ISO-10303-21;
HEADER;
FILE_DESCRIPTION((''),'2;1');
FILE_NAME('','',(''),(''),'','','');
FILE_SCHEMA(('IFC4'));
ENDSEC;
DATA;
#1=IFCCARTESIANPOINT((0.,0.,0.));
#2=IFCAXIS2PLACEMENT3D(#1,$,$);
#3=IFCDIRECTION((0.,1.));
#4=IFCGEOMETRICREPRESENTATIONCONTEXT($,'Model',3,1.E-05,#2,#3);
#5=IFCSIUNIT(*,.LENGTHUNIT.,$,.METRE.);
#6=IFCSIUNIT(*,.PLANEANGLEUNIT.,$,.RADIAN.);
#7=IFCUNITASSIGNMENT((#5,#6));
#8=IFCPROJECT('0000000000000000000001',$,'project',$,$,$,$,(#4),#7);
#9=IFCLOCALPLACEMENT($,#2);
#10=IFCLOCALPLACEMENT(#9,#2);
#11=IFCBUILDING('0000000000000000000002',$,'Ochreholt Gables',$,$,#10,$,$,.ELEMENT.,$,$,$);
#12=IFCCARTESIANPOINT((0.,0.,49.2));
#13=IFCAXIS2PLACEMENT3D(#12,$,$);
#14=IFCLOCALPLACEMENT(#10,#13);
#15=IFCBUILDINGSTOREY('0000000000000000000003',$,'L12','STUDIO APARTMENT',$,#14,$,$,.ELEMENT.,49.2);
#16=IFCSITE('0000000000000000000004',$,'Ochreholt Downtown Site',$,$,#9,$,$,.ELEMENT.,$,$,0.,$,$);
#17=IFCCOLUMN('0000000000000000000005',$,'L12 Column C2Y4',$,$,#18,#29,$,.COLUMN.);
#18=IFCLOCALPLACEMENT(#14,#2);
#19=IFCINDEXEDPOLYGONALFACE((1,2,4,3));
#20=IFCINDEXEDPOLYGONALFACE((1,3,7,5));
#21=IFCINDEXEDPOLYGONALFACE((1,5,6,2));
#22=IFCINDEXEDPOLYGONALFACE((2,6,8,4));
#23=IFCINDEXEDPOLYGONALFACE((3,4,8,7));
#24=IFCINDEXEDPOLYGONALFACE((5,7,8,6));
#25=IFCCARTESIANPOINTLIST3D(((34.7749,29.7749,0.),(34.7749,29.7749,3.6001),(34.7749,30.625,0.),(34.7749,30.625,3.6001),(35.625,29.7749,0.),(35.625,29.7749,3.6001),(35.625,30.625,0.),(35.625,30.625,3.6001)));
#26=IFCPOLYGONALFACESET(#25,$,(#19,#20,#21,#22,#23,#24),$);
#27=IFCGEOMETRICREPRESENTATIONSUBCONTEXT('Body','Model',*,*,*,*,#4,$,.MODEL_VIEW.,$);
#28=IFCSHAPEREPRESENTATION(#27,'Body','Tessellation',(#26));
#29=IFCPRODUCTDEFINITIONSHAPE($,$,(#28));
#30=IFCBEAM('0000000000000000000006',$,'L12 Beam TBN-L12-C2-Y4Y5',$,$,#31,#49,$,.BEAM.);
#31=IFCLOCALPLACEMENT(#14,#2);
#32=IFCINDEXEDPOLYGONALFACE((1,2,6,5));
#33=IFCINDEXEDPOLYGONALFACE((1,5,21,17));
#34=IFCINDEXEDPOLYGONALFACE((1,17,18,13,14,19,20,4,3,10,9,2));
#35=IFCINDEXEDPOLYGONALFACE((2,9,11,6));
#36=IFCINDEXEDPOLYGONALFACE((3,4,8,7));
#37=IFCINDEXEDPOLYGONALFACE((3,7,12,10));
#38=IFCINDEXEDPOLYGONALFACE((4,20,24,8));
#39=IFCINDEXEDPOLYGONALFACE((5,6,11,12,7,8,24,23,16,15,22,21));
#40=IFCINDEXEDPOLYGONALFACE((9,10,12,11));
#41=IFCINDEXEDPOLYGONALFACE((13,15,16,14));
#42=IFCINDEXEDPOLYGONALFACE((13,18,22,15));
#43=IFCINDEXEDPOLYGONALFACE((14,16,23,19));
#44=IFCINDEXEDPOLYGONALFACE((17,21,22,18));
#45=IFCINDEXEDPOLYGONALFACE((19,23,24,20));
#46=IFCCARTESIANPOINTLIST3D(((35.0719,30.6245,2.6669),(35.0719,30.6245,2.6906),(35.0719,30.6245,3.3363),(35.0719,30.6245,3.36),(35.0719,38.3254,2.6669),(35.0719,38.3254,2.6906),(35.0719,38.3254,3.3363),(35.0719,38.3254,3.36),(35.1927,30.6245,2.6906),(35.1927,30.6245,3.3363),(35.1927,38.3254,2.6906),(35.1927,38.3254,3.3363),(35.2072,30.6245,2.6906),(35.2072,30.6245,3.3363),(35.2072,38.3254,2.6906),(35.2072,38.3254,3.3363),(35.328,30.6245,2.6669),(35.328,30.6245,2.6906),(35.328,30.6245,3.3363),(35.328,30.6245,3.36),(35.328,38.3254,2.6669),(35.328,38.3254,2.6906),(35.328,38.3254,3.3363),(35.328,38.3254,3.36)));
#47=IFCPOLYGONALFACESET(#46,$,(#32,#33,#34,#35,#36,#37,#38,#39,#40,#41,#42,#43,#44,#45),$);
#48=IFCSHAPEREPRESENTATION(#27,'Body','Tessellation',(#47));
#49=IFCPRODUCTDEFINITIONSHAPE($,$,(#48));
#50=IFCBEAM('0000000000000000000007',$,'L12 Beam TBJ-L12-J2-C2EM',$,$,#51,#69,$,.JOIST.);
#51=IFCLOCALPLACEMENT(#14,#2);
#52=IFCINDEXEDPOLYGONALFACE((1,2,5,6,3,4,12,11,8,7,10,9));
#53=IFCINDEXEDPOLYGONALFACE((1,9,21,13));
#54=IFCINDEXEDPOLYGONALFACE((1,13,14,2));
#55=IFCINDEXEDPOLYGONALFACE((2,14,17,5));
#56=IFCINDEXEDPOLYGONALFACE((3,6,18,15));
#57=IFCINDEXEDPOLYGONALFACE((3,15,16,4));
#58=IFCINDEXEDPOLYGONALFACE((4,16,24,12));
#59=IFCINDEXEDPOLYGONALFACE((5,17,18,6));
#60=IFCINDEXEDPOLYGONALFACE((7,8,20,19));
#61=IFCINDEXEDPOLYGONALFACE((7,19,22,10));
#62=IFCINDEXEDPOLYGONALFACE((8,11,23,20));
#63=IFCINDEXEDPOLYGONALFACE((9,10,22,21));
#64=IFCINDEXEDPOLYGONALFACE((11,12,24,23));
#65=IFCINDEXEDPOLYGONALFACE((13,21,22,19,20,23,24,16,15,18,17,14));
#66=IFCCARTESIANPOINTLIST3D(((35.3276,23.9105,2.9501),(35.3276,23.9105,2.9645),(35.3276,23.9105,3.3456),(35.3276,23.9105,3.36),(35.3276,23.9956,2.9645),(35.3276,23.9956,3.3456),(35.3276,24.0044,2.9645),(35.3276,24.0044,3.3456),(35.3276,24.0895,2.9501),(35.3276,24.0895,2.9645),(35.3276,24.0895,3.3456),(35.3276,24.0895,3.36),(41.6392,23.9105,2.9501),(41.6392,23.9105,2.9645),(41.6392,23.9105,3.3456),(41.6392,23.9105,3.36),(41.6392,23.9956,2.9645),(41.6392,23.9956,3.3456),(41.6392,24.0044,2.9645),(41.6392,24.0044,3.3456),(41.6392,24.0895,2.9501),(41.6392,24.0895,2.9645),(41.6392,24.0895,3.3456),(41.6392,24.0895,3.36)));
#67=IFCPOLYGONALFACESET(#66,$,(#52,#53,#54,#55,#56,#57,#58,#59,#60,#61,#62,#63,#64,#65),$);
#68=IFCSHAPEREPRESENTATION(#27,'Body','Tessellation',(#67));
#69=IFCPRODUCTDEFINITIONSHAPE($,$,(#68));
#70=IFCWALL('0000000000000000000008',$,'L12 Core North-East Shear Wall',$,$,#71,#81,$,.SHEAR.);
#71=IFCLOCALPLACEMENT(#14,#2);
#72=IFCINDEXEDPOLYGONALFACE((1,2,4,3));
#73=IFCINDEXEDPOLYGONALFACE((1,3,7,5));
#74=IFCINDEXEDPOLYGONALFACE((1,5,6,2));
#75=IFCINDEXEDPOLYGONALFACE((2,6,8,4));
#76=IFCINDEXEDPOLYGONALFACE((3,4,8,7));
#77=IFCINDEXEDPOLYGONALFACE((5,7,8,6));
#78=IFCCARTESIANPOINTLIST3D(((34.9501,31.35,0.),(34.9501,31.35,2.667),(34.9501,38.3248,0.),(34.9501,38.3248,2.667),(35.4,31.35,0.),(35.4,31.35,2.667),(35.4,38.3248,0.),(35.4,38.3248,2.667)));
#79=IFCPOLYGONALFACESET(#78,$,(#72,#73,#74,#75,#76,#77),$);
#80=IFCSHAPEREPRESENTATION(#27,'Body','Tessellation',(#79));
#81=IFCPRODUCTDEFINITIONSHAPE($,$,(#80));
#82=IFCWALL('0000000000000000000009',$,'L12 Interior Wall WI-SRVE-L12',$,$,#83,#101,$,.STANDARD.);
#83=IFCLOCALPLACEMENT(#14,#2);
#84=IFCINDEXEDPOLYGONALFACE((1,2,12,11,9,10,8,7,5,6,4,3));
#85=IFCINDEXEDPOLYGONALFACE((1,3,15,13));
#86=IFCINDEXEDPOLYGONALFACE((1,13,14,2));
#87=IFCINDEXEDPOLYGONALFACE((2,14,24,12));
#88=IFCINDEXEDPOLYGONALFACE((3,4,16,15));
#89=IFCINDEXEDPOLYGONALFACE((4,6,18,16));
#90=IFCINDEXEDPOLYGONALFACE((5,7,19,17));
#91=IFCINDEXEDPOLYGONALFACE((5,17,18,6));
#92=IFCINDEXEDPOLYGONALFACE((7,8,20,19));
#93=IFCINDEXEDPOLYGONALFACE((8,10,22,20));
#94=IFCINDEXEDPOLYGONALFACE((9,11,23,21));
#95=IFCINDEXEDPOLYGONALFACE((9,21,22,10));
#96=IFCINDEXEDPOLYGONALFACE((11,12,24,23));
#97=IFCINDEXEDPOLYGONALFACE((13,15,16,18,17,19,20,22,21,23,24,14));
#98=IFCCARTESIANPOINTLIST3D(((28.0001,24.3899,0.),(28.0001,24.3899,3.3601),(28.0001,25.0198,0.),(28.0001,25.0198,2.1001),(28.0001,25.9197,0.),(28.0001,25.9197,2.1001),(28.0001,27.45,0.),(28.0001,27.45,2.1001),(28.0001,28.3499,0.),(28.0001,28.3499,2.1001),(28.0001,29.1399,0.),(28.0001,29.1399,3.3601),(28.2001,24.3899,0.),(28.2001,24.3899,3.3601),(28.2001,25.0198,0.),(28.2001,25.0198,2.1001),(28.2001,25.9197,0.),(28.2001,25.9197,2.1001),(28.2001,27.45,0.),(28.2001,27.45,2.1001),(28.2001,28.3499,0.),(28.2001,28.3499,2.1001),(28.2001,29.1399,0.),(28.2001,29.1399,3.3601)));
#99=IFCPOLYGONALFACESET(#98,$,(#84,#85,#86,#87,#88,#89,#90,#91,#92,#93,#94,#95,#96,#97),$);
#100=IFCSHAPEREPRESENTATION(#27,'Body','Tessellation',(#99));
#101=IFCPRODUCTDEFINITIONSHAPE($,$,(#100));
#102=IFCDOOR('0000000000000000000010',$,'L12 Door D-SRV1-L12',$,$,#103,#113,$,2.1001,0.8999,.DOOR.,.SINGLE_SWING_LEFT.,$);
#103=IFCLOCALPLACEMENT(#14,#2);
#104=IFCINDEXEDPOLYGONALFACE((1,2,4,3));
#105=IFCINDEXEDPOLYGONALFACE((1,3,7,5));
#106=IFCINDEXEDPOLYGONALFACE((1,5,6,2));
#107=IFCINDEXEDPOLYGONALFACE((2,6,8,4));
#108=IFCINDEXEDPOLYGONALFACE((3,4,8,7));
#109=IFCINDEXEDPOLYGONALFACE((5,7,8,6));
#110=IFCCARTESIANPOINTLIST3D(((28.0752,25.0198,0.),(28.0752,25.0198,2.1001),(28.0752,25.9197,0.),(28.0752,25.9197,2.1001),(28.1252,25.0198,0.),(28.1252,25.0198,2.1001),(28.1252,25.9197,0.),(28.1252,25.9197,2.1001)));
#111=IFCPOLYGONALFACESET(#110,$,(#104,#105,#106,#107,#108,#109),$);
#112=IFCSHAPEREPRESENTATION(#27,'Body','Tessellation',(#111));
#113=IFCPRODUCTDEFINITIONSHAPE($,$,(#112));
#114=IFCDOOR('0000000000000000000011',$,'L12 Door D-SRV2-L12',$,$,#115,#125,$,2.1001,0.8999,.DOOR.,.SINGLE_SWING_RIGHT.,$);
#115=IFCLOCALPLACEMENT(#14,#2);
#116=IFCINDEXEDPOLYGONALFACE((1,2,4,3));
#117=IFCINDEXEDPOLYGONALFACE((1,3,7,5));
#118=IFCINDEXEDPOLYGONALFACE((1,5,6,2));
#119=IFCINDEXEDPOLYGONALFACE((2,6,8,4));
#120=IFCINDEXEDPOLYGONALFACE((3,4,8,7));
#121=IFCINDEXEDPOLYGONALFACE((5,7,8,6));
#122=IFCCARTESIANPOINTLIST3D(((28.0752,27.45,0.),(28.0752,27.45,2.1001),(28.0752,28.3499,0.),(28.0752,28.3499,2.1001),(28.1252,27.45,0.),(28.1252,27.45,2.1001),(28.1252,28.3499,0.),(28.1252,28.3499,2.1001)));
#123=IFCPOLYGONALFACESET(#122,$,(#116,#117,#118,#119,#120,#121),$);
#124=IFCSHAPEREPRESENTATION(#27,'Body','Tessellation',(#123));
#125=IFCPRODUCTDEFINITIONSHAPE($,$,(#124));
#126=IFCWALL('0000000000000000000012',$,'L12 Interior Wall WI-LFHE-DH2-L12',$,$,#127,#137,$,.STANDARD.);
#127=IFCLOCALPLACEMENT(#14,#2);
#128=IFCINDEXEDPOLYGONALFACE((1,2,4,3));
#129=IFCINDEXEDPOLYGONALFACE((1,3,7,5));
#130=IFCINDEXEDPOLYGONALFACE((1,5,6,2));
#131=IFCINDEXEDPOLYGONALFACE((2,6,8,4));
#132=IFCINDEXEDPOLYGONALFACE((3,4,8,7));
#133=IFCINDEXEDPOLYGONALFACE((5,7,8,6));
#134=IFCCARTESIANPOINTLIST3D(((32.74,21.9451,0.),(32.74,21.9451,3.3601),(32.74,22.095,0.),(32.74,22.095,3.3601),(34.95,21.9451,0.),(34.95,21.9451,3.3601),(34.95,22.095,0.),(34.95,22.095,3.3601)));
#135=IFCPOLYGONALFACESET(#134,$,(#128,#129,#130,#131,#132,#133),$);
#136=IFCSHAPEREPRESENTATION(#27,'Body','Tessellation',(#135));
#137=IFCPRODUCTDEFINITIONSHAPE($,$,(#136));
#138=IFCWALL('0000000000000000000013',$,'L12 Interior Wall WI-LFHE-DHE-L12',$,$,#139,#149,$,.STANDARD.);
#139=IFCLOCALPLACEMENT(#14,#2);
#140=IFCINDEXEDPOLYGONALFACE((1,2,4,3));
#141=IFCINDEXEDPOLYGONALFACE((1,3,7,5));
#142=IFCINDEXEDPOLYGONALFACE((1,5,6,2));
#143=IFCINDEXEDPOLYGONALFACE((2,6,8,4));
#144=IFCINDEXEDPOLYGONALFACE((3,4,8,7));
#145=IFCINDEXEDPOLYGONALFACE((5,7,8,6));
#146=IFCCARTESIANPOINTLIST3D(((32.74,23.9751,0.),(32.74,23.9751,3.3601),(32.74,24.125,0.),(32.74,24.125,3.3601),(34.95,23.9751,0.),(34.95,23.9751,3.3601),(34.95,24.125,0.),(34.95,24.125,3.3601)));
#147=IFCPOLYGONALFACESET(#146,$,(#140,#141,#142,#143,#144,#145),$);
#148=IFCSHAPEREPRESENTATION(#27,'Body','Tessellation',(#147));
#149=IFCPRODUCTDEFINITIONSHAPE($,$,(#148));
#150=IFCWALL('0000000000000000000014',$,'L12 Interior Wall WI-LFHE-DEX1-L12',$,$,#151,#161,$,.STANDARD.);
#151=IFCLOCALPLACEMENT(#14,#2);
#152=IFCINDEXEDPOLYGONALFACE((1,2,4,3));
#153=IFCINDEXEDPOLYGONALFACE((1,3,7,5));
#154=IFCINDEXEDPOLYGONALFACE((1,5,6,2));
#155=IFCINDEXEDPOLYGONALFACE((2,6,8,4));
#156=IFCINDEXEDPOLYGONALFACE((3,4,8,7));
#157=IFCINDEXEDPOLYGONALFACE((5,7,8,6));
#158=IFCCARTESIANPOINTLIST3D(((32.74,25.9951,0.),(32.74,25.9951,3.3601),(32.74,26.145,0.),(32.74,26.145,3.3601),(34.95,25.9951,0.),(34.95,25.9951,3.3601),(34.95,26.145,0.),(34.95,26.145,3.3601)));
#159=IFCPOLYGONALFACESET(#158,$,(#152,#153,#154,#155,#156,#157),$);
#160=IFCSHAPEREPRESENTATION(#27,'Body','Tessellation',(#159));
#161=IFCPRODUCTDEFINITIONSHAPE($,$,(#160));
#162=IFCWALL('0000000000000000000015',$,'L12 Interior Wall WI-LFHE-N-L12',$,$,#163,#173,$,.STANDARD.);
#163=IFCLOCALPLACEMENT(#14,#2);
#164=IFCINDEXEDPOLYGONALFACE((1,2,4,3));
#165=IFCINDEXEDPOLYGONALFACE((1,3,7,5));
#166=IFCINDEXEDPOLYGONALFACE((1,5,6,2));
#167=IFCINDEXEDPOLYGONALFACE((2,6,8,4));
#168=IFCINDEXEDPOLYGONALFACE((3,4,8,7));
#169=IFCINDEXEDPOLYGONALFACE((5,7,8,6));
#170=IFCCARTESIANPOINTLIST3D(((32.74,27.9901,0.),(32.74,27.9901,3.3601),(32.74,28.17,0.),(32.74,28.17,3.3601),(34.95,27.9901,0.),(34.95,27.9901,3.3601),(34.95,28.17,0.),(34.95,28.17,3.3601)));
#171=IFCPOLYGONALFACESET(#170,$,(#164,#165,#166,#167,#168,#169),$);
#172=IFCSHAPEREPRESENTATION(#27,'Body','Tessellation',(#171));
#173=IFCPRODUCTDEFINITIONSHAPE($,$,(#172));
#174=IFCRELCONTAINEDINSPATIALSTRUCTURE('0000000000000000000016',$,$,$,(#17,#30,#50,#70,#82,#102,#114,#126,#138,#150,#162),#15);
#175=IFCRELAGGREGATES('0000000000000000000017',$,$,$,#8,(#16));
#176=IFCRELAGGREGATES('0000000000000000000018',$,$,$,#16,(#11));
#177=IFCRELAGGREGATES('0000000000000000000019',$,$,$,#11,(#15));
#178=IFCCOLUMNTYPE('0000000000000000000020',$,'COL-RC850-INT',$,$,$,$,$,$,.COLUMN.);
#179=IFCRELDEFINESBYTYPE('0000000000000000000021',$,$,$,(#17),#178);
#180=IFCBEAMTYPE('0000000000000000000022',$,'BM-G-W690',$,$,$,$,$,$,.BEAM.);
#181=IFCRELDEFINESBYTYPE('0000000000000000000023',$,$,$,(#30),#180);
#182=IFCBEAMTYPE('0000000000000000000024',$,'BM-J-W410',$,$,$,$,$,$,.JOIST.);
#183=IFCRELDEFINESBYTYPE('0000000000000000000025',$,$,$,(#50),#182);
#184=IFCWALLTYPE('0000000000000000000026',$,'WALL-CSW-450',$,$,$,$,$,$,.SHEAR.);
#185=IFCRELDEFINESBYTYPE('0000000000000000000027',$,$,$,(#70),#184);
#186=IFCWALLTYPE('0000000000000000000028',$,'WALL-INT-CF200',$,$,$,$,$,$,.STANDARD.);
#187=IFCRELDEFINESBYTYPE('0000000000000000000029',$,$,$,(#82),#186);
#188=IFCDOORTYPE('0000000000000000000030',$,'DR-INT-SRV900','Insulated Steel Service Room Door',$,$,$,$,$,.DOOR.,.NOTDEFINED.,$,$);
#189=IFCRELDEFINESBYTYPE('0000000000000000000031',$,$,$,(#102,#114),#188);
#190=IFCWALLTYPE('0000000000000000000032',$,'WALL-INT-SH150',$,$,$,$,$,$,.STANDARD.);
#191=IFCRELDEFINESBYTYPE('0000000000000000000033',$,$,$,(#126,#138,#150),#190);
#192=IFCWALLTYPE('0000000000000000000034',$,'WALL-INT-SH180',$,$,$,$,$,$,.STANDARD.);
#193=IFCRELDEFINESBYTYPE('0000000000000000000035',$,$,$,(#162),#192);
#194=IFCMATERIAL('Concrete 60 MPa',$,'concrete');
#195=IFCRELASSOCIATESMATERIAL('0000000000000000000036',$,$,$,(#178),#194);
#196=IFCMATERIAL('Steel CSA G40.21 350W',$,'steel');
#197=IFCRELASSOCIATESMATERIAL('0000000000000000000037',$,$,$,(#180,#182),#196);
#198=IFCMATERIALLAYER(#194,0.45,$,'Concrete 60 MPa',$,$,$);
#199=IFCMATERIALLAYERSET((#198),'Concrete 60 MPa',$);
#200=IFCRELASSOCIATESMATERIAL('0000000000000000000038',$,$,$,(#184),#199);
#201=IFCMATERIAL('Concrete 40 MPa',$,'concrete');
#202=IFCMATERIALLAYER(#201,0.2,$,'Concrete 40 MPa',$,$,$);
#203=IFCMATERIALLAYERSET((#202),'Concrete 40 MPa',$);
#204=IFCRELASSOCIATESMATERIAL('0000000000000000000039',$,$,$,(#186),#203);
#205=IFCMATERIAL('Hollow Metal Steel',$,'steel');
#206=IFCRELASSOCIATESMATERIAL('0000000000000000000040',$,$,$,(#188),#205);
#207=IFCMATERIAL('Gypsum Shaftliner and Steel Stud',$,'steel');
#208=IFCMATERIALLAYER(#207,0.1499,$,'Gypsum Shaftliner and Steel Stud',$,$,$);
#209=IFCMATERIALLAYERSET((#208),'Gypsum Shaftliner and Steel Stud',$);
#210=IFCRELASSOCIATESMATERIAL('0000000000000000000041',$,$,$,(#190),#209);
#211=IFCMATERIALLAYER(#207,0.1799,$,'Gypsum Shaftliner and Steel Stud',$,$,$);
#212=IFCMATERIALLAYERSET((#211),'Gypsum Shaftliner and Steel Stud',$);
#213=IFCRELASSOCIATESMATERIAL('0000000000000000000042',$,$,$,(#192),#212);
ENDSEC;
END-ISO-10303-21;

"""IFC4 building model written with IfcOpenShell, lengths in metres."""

from ifc_helpers import new_model, si_unit, direction, frame, frame_2d, origin, origin_2d, place, context, subcontext, project, spatial, rectangle, i_section, extrude, material, layer, layer_set, material_profile, profile_set, type_object, element, fill, save


model = new_model("IFC4")

# Units and contexts
model_context = context("Model", 3, precision=1e-05, world=origin(), true_north=direction((0.0, 1.0)))
body_context = subcontext(model_context, "Body", "Model", "MODEL_VIEW")
ifc_project = project(units=[si_unit("LENGTHUNIT", "METRE"), si_unit("PLANEANGLEUNIT", "RADIAN")], contexts=[model_context])

# Site, building, storey
site_placement = place(None, origin())
site = spatial("IfcSite", under=ifc_project, at=site_placement, Name="Ochreholt Downtown Site", CompositionType="ELEMENT", RefElevation=0.0)
building_placement = place(site_placement, origin())
building = spatial("IfcBuilding", under=site, at=building_placement, Name="Ochreholt Gables", CompositionType="ELEMENT")
storey_placement = place(building_placement, frame((0.0, 0.0, 49.2)))
storey = spatial("IfcBuildingStorey", under=building, at=storey_placement, Name="L12", Description="STUDIO APARTMENT", CompositionType="ELEMENT", Elevation=49.2)

# Column
ifc_material_1 = material(Name="Concrete 60 MPa", Category="concrete")
ifc_material_profile_1 = material_profile(ifc_material_1, rectangle(XDim=0.8501, YDim=0.8501, at=origin_2d()), Name="RC850X850")
ifc_profile_set_1 = profile_set([ifc_material_profile_1], Name="Concrete 60 MPa")
column_type = type_object("IfcColumnType", Name="COL-RC850-INT", PredefinedType="COLUMN", material=ifc_profile_set_1)
column_placement = place(storey_placement, frame((35.2, 30.2, 0.0), z_axis=(0.0, 0.0, 1.0), x_axis=(1.0, 0.0, 0.0)))
element("IfcColumn", 1, at=column_placement, inside=storey, type_object=column_type, Name="L12 Column C2Y4", PredefinedType="COLUMN", context=body_context, shape_type="SweptSolid", body=[
    extrude(rectangle(XDim=0.8501, YDim=0.8501, at=origin_2d()), origin(), (0.0, 0.0, 1.0), 3.6001),
])

# Beams
ifc_material_2 = material(Name="Steel CSA G40.21 350W", Category="steel")
ifc_material_profile_2 = material_profile(ifc_material_2, i_section(OverallWidth=0.2561, OverallDepth=0.6931, WebThickness=0.0144, FlangeThickness=0.0237, at=origin_2d()), Name="W690X170")
ifc_profile_set_2 = profile_set([ifc_material_profile_2], Name="Steel CSA G40.21 350W")
beam_type_1 = type_object("IfcBeamType", Name="BM-G-W690", PredefinedType="BEAM", material=ifc_profile_set_2)
beam_1_placement = place(storey_placement, frame((35.2, 30.6245, 3.0134), z_axis=(0.0, 1.0, 0.0), x_axis=(-1.0, 0.0, 0.0)))
element("IfcBeam", 2, at=beam_1_placement, inside=storey, type_object=beam_type_1, Name="L12 Beam TBN-L12-C2-Y4Y5", PredefinedType="BEAM", context=body_context, shape_type="SweptSolid", body=[
    extrude(i_section(OverallWidth=0.2561, OverallDepth=0.6931, WebThickness=0.0144, FlangeThickness=0.0237, at=origin_2d()), origin(), (0.0, 0.0, 1.0), 7.7009),
])
ifc_material_profile_3 = material_profile(ifc_material_2, i_section(OverallWidth=0.179, OverallDepth=0.4099, WebThickness=0.0088, FlangeThickness=0.0144, at=origin_2d()), Name="W410X67")
ifc_profile_set_3 = profile_set([ifc_material_profile_3], Name="Steel CSA G40.21 350W")
beam_type_2 = type_object("IfcBeamType", Name="BM-J-W410", PredefinedType="JOIST", material=ifc_profile_set_3)
beam_2_placement = place(storey_placement, frame((35.3276, 24.0, 3.155), z_axis=(1.0, 0.0, 0.0), x_axis=(0.0, 1.0, 0.0)))
element("IfcBeam", 3, at=beam_2_placement, inside=storey, type_object=beam_type_2, Name="L12 Beam TBJ-L12-J2-C2EM", PredefinedType="JOIST", context=body_context, shape_type="SweptSolid", body=[
    extrude(i_section(OverallWidth=0.179, OverallDepth=0.4099, WebThickness=0.0088, FlangeThickness=0.0144, at=origin_2d()), origin(), (0.0, 0.0, 1.0), 6.3115),
])

# Wall
ifc_layer_1 = layer(ifc_material_1, 0.45, Name="Concrete 60 MPa")
ifc_layer_set_1 = layer_set([ifc_layer_1], Name="Concrete 60 MPa")
wall_type_1 = type_object("IfcWallType", Name="WALL-CSW-450", PredefinedType="SHEAR", material=ifc_layer_set_1)
wall_1_placement = place(storey_placement, frame((35.175, 31.3501, 0.0), z_axis=(0.0, 0.0, 1.0), x_axis=(0.0, 1.0, 0.0)))
element("IfcWall", 4, at=wall_1_placement, inside=storey, type_object=wall_type_1, Name="L12 Core North-East Shear Wall", PredefinedType="SHEAR", context=body_context, shape_type="SweptSolid", body=[
    extrude(rectangle(XDim=6.9749, YDim=0.45, at=frame_2d((3.4873, 0.0))), origin(), (0.0, 0.0, 1.0), 2.667),
])

# Wall, openings, doors
ifc_material_3 = material(Name="Concrete 40 MPa", Category="concrete")
ifc_layer_2 = layer(ifc_material_3, 0.2, Name="Concrete 40 MPa")
ifc_layer_set_2 = layer_set([ifc_layer_2], Name="Concrete 40 MPa")
wall_type_2 = type_object("IfcWallType", Name="WALL-INT-CF200", PredefinedType="STANDARD", material=ifc_layer_set_2)
wall_2_placement = place(storey_placement, frame((28.1001, 24.3899, 0.0), z_axis=(0.0, 0.0, 1.0), x_axis=(0.0, 1.0, 0.0)))
wall_2 = element("IfcWall", 5, at=wall_2_placement, inside=storey, type_object=wall_type_2, Name="L12 Interior Wall WI-SRVE-L12", PredefinedType="STANDARD", context=body_context, shape_type="SweptSolid", body=[
    extrude(rectangle(XDim=4.75, YDim=0.2, at=frame_2d((2.375, 0.0))), origin(), (0.0, 0.0, 1.0), 3.3601),
])
opening_1_placement = place(wall_2_placement, frame((0.6299, 0.0, 0.0)))
opening_1 = element("IfcOpeningElement", 6, at=opening_1_placement, cuts=wall_2, PredefinedType="OPENING", context=body_context, shape_type="SweptSolid", body=[
    extrude(rectangle(XDim=0.8999, YDim=2.1001, at=frame_2d((0.45, 1.05))), frame((0.0, 0.1099, 0.0), z_axis=(0.0, -1.0, 0.0), x_axis=(1.0, 0.0, 0.0)), (0.0, 0.0, 1.0), 0.22),
])
opening_2_placement = place(wall_2_placement, frame((3.0601, 0.0, 0.0)))
opening_2 = element("IfcOpeningElement", 7, at=opening_2_placement, cuts=wall_2, PredefinedType="OPENING", context=body_context, shape_type="SweptSolid", body=[
    extrude(rectangle(XDim=0.8999, YDim=2.1001, at=frame_2d((0.45, 1.05))), frame((0.0, 0.1099, 0.0), z_axis=(0.0, -1.0, 0.0), x_axis=(1.0, 0.0, 0.0)), (0.0, 0.0, 1.0), 0.22),
])
ifc_material_4 = material(Name="Hollow Metal Steel", Category="steel")
door_type_1 = type_object("IfcDoorType", Name="DR-INT-SRV900", Description="Insulated Steel Service Room Door", OperationType="NOTDEFINED", PredefinedType="DOOR", material=ifc_material_4)
door_1_placement = place(opening_1_placement, origin())
door_1 = element("IfcDoor", 8, at=door_1_placement, inside=storey, type_object=door_type_1, Name="L12 Door D-SRV1-L12", OperationType="SINGLE_SWING_LEFT", OverallHeight=2.1001, OverallWidth=0.8999, PredefinedType="DOOR", context=body_context, shape_type="SweptSolid", body=[
    extrude(rectangle(XDim=0.8999, YDim=2.1001, at=frame_2d((0.45, 1.05))), frame((0.0, 0.0249, 0.0), z_axis=(0.0, -1.0, 0.0), x_axis=(1.0, 0.0, 0.0)), (0.0, 0.0, 1.0), 0.05),
])
fill(opening_1, door_1)
door_2_placement = place(opening_2_placement, origin())
door_2 = element("IfcDoor", 9, at=door_2_placement, inside=storey, type_object=door_type_1, Name="L12 Door D-SRV2-L12", OperationType="SINGLE_SWING_RIGHT", OverallHeight=2.1001, OverallWidth=0.8999, PredefinedType="DOOR", context=body_context, shape_type="SweptSolid", body=[
    extrude(rectangle(XDim=0.8999, YDim=2.1001, at=frame_2d((0.45, 1.05))), frame((0.0, 0.0249, 0.0), z_axis=(0.0, -1.0, 0.0), x_axis=(1.0, 0.0, 0.0)), (0.0, 0.0, 1.0), 0.05),
])
fill(opening_2, door_2)

# Walls
ifc_material_5 = material(Name="Gypsum Shaftliner and Steel Stud", Category="steel")
ifc_layer_3 = layer(ifc_material_5, 0.1499, Name="Gypsum Shaftliner and Steel Stud")
ifc_layer_set_3 = layer_set([ifc_layer_3], Name="Gypsum Shaftliner and Steel Stud")
wall_type_3 = type_object("IfcWallType", Name="WALL-INT-SH150", PredefinedType="STANDARD", material=ifc_layer_set_3)
for number, where, z_axis, x_axis, name in (
    (10, (32.74, 22.02, 0.0), (0.0, 0.0, 1.0), (1.0, 0.0, 0.0), "L12 Interior Wall WI-LFHE-DH2-L12"),
    (11, (32.74, 24.05, 0.0), (0.0, 0.0, 1.0), (1.0, 0.0, 0.0), "L12 Interior Wall WI-LFHE-DHE-L12"),
    (12, (32.74, 26.0701, 0.0), (0.0, 0.0, 1.0), (1.0, 0.0, 0.0), "L12 Interior Wall WI-LFHE-DEX1-L12"),
):
    element("IfcWall", number, at=place(storey_placement, frame(where, z_axis=z_axis, x_axis=x_axis)), inside=storey, type_object=wall_type_3, Name=name, PredefinedType="STANDARD", context=body_context, shape_type="SweptSolid", body=[
        extrude(rectangle(XDim=2.21, YDim=0.1499, at=frame_2d((1.105, 0.0))), origin(), (0.0, 0.0, 1.0), 3.3601),
    ])
ifc_layer_4 = layer(ifc_material_5, 0.1799, Name="Gypsum Shaftliner and Steel Stud")
ifc_layer_set_4 = layer_set([ifc_layer_4], Name="Gypsum Shaftliner and Steel Stud")
wall_type_4 = type_object("IfcWallType", Name="WALL-INT-SH180", PredefinedType="STANDARD", material=ifc_layer_set_4)
wall_3_placement = place(storey_placement, frame((32.74, 28.0801, 0.0), z_axis=(0.0, 0.0, 1.0), x_axis=(1.0, 0.0, 0.0)))
element("IfcWall", 13, at=wall_3_placement, inside=storey, type_object=wall_type_4, Name="L12 Interior Wall WI-LFHE-N-L12", PredefinedType="STANDARD", context=body_context, shape_type="SweptSolid", body=[
    extrude(rectangle(XDim=2.21, YDim=0.1799, at=frame_2d((1.105, 0.0))), origin(), (0.0, 0.0, 1.0), 3.3601),
])

save(model, "model.ifc")
